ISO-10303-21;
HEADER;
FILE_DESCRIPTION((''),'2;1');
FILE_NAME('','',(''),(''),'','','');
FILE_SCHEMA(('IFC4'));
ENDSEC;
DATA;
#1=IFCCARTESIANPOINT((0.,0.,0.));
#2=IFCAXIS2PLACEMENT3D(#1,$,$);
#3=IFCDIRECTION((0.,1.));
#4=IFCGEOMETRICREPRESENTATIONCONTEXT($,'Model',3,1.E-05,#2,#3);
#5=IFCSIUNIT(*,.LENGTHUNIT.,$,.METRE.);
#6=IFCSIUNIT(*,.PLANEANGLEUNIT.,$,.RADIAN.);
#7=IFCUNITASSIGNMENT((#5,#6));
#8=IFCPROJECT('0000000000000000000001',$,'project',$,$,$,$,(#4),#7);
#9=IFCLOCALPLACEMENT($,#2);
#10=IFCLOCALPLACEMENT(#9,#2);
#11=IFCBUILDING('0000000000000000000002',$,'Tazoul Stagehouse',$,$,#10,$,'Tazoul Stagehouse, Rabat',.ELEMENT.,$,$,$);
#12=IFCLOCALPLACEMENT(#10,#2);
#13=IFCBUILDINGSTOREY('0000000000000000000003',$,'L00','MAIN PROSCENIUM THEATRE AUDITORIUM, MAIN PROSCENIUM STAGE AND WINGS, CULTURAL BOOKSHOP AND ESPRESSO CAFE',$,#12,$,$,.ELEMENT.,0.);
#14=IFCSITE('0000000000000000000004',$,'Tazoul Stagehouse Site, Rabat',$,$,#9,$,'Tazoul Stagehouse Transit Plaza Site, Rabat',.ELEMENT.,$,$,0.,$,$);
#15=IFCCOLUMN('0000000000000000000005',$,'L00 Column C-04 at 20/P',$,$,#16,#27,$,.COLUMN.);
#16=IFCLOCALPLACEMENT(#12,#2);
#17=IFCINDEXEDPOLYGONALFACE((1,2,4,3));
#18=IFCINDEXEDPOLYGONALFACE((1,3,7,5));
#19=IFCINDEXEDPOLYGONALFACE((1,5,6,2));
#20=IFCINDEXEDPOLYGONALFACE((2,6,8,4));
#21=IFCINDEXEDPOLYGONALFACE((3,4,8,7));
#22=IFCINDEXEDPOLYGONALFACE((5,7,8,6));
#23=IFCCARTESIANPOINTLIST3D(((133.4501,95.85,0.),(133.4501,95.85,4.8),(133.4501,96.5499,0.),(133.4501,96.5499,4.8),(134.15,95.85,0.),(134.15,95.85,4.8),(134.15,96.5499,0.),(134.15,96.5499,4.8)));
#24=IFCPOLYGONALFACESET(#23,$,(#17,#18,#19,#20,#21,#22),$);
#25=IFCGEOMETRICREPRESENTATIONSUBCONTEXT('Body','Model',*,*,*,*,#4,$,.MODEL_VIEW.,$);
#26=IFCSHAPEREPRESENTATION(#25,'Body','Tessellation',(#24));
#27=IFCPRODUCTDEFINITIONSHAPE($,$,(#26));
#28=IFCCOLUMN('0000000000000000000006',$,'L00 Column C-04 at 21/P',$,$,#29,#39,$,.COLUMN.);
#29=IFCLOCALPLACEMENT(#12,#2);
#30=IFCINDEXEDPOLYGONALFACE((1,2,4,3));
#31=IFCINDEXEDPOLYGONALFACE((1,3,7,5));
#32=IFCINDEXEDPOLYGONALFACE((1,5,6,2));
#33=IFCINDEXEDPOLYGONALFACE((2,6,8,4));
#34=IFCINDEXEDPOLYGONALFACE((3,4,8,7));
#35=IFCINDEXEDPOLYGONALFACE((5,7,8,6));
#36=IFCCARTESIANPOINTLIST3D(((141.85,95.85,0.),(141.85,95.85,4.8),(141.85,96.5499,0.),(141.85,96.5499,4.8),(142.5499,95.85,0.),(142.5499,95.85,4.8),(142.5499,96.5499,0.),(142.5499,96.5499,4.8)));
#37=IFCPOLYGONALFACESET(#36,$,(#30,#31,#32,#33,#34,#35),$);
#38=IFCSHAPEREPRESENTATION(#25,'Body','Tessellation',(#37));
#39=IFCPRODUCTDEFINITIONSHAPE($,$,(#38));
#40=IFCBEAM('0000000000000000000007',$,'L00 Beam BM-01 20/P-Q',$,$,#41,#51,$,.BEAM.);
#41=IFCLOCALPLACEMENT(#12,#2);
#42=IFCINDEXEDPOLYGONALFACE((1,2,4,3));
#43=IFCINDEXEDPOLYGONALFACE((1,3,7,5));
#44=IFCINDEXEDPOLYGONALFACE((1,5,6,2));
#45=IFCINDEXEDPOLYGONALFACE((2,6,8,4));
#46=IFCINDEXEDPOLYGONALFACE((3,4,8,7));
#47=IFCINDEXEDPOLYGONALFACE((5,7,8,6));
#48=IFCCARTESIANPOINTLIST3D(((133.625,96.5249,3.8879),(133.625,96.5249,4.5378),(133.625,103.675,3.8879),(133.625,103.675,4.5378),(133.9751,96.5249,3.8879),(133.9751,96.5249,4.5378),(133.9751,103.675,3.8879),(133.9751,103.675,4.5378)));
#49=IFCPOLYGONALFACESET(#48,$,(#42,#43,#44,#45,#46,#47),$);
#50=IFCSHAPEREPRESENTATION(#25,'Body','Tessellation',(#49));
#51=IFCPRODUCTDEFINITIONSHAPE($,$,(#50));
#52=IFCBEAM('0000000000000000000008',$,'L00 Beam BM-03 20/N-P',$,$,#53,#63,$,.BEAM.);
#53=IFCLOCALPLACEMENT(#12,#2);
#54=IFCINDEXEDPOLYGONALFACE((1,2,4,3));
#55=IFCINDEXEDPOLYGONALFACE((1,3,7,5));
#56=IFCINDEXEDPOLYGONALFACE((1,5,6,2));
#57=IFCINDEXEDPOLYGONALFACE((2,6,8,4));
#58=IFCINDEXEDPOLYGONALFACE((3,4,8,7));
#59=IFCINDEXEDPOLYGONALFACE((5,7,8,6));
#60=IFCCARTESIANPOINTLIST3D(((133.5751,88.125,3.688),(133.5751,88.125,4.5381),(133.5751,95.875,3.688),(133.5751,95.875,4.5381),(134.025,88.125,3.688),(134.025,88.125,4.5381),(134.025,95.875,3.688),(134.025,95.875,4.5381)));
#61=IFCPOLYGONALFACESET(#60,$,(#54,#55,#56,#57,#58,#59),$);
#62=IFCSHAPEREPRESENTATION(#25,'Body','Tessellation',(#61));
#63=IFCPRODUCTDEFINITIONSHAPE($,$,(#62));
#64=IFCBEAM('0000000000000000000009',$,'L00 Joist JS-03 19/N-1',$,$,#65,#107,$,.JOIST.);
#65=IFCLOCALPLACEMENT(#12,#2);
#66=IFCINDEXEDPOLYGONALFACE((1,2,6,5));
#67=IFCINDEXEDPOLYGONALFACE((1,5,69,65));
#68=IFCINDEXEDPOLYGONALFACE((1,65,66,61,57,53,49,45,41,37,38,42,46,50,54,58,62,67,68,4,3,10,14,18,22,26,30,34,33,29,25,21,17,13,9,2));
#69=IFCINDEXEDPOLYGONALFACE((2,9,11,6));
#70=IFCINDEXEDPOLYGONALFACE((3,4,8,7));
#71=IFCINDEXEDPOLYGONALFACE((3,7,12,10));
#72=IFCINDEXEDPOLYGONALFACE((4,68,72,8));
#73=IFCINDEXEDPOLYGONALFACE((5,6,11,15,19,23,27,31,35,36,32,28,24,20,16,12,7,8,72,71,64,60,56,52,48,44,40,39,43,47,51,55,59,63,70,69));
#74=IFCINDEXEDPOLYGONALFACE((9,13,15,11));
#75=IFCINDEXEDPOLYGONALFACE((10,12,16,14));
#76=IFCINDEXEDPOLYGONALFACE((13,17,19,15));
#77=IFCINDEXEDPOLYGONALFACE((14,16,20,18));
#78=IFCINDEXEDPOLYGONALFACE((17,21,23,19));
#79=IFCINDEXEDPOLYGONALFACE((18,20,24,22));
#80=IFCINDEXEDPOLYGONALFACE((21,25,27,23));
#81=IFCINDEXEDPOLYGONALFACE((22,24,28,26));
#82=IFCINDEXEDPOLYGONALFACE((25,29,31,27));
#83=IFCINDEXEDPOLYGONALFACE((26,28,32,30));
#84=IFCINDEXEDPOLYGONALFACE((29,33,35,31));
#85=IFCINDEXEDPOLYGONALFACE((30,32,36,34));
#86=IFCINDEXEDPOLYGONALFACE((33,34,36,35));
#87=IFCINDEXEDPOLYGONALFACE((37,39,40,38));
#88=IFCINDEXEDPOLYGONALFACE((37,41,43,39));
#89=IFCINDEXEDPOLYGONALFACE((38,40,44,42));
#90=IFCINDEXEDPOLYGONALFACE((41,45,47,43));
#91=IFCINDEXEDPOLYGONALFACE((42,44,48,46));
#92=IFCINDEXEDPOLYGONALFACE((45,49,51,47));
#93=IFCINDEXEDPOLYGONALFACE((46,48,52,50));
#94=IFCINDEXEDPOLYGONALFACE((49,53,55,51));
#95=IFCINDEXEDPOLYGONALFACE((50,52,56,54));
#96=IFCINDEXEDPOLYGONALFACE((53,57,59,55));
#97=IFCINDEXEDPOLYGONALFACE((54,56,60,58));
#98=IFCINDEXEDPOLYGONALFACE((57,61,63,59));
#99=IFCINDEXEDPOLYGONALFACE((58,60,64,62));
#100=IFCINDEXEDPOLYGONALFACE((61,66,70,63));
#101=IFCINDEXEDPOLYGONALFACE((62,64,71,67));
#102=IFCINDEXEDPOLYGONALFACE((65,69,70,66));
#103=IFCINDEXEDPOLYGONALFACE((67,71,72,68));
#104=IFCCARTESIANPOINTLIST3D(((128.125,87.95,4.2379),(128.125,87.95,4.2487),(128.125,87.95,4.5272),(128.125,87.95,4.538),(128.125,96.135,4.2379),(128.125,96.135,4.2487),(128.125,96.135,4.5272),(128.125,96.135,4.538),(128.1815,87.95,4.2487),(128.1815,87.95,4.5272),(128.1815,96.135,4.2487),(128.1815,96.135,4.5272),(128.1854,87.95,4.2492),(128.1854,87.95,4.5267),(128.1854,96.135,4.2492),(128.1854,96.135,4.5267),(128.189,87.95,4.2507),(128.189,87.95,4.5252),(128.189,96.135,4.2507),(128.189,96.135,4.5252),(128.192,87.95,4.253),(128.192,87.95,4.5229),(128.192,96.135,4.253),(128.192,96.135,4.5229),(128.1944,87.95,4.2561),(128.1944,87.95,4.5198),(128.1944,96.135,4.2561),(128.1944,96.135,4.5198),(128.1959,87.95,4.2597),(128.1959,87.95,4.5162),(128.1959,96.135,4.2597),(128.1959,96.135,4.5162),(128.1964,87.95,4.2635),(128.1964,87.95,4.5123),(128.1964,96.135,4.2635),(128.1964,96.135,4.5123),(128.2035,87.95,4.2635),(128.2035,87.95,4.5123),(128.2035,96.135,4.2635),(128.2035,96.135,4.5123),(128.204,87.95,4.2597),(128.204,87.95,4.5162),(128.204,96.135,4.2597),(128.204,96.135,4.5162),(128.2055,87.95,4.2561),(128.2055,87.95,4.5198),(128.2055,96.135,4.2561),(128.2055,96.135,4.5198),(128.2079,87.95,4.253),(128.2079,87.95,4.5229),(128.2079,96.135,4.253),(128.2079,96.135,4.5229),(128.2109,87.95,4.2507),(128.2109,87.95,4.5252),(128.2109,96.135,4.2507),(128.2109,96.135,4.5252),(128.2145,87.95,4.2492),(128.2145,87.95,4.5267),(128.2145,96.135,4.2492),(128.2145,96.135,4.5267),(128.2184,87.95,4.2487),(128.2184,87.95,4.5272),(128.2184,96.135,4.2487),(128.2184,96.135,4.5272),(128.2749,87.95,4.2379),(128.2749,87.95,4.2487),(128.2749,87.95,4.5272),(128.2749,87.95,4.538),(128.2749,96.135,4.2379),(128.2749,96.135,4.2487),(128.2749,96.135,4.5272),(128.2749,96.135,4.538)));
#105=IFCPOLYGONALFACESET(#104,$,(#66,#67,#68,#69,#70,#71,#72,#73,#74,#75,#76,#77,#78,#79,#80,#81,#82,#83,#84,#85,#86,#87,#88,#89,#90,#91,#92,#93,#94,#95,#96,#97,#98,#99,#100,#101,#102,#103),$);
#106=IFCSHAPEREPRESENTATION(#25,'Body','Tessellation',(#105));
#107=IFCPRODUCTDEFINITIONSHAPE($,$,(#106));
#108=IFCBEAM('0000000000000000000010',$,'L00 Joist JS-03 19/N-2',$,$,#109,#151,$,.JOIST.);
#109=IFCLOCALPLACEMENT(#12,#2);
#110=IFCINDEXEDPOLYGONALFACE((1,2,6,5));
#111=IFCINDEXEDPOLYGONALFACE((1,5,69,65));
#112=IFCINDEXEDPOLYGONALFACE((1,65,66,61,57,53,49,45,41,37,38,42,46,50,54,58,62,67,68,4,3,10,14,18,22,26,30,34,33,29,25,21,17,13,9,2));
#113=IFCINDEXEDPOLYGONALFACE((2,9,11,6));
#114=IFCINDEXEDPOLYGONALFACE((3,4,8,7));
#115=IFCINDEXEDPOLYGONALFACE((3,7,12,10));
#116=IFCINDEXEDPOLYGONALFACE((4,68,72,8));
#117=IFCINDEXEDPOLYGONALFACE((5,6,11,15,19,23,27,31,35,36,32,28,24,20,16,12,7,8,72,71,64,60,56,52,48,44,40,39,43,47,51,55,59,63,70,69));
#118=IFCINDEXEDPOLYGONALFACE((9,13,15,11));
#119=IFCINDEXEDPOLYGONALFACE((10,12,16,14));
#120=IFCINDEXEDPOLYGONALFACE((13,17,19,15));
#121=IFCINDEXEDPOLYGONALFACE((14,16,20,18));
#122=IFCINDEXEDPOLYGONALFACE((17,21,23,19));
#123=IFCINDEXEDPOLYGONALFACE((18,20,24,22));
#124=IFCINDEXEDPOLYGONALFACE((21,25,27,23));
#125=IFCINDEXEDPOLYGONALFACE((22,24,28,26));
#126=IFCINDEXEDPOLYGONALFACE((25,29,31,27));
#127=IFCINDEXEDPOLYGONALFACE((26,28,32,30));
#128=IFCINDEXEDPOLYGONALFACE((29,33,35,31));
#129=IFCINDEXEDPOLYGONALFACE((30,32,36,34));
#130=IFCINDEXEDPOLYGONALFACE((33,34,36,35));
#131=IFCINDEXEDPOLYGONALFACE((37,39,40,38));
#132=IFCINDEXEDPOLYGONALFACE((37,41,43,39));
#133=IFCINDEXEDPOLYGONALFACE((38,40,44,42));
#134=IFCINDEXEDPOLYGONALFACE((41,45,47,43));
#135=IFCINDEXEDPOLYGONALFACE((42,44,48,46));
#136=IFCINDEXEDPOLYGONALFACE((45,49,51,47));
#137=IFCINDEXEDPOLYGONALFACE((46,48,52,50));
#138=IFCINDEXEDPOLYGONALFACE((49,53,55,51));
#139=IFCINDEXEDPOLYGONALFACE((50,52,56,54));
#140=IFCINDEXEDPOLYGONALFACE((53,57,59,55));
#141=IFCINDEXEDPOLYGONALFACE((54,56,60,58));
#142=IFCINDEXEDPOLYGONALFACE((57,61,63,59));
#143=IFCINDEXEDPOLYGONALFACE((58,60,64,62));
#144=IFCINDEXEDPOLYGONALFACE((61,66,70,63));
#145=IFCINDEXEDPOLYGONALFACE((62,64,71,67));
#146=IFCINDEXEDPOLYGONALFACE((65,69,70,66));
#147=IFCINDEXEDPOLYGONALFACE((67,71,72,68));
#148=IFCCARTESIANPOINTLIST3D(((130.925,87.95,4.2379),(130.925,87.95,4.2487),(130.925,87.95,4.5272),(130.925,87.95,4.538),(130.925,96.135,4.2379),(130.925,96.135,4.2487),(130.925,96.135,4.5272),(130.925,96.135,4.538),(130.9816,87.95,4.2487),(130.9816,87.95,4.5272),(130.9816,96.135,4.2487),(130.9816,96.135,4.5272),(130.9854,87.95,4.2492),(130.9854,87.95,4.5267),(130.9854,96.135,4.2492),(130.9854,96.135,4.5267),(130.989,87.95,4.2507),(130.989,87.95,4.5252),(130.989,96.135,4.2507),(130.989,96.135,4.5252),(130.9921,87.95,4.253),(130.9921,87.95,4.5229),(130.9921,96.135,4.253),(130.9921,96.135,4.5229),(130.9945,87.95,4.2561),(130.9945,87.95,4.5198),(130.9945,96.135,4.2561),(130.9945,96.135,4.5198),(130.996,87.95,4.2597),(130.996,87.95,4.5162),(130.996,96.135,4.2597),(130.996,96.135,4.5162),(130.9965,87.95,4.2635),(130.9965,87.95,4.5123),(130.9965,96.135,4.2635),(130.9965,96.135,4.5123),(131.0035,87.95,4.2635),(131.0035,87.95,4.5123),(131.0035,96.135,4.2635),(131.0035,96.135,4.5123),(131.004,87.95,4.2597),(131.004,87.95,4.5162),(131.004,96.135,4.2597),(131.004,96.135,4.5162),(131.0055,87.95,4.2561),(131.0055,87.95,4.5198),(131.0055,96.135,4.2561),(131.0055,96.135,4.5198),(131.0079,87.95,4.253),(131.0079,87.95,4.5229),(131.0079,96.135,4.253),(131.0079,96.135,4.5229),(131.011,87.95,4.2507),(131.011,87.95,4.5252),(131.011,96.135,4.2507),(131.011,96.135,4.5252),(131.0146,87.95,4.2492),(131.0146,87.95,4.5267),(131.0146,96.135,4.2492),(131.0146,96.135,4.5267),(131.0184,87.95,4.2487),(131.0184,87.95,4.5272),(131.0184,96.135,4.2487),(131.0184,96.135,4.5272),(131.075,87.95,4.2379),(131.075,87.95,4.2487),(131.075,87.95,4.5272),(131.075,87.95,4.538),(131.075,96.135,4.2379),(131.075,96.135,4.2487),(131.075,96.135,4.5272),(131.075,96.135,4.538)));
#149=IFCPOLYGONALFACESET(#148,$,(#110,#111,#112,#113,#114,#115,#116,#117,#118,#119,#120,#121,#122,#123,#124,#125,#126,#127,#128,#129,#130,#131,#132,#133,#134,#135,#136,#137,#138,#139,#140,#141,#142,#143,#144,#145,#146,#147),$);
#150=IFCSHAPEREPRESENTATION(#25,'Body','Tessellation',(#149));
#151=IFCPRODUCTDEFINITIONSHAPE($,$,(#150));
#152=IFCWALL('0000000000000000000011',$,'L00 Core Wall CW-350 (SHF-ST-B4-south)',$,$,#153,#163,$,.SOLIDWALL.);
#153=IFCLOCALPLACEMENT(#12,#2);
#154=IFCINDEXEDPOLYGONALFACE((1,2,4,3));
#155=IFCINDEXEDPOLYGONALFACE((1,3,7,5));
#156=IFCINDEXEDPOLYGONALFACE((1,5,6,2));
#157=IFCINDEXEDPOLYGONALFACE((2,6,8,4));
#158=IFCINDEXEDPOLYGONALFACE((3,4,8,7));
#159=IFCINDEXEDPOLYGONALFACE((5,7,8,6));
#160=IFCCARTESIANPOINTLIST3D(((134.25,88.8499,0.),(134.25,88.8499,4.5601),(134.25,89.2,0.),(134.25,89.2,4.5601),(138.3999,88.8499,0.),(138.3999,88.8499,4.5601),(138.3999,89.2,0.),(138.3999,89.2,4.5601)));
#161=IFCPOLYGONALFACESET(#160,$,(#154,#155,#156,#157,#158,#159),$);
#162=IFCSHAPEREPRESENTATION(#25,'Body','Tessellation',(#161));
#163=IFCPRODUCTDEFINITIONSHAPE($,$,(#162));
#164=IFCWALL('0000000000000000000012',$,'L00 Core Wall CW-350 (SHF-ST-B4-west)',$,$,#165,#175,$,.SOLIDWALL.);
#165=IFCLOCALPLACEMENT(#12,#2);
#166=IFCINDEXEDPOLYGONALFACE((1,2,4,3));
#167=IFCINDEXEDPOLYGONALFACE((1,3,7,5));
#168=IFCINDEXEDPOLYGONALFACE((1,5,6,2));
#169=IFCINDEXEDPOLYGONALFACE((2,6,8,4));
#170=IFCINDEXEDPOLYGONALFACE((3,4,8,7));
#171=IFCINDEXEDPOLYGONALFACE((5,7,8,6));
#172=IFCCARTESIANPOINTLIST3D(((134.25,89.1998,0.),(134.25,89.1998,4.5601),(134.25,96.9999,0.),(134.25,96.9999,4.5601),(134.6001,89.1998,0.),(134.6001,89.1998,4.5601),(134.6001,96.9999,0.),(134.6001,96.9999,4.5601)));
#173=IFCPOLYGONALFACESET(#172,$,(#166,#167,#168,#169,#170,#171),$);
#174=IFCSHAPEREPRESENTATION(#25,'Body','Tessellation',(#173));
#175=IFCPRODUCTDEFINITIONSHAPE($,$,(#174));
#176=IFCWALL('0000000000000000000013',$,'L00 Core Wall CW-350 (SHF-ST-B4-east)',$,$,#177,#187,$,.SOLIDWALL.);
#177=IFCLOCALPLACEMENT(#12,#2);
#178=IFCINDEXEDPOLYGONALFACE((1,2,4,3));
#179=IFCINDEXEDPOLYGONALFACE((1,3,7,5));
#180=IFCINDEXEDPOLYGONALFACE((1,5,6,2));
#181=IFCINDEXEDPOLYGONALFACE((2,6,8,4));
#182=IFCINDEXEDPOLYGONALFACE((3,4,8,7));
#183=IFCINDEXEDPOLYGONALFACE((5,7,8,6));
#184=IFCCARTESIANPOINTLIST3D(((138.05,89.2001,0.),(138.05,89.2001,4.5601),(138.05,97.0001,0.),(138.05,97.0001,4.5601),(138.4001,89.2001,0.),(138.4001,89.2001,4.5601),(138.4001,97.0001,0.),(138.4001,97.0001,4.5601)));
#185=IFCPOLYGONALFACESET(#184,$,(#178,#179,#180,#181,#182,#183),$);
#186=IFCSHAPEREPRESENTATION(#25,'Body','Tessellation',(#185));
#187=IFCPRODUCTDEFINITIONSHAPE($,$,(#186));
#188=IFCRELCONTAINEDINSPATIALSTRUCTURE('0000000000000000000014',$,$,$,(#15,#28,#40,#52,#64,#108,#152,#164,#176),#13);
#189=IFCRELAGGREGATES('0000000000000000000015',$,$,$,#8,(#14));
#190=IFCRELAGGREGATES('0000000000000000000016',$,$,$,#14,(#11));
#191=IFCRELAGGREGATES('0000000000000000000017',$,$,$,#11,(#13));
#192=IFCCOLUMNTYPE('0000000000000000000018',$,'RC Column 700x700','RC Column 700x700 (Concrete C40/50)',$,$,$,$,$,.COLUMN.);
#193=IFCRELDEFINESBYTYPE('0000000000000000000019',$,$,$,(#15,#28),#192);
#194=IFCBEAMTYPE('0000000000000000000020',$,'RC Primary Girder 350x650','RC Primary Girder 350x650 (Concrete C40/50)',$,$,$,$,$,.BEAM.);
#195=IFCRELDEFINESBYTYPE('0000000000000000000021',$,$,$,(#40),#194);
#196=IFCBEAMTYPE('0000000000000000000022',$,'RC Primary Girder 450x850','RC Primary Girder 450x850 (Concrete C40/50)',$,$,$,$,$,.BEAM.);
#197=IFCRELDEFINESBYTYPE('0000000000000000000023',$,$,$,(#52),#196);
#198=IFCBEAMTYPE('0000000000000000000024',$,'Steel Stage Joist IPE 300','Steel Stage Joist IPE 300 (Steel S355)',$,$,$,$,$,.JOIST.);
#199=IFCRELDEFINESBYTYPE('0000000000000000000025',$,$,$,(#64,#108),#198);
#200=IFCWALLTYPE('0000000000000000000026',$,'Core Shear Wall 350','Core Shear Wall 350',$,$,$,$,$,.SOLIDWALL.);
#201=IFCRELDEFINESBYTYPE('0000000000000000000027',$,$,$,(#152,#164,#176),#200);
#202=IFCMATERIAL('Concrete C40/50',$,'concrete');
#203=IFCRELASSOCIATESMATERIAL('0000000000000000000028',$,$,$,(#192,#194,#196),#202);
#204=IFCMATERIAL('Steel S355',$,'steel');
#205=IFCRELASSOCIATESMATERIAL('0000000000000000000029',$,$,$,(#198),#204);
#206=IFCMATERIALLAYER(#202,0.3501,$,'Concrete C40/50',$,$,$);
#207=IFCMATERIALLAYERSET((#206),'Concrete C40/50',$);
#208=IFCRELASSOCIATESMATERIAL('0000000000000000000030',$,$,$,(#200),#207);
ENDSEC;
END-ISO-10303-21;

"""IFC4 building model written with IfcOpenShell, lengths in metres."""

from ifc_helpers import new_model, si_unit, direction, frame, frame_2d, origin, origin_2d, place, context, subcontext, project, spatial, rectangle, i_section, extrude, material, layer, layer_set, material_profile, profile_set, type_object, element, save


model = new_model("IFC4")

# Units and contexts
model_context = context("Model", 3, precision=1e-05, world=origin(), true_north=direction((0.0, 1.0)))
body_context = subcontext(model_context, "Body", "Model", "MODEL_VIEW")
ifc_project = project(units=[si_unit("LENGTHUNIT", "METRE"), si_unit("PLANEANGLEUNIT", "RADIAN")], contexts=[model_context])

# Site, building, storey
site_placement = place(None, origin())
site = spatial("IfcSite", under=ifc_project, at=site_placement, Name="Tazoul Stagehouse Site, Rabat", LongName="Tazoul Stagehouse Transit Plaza Site, Rabat", CompositionType="ELEMENT", RefElevation=0.0)
building_placement = place(site_placement, origin())
building = spatial("IfcBuilding", under=site, at=building_placement, Name="Tazoul Stagehouse", LongName="Tazoul Stagehouse, Rabat", CompositionType="ELEMENT")
storey_placement = place(building_placement, origin())
storey = spatial("IfcBuildingStorey", under=building, at=storey_placement, Name="L00", Description="MAIN PROSCENIUM THEATRE AUDITORIUM, MAIN PROSCENIUM STAGE AND WINGS, CULTURAL BOOKSHOP AND ESPRESSO CAFE", CompositionType="ELEMENT", Elevation=0.0)

# Columns
ifc_material_1 = material(Name="Concrete C40/50", Category="concrete")
ifc_material_profile_1 = material_profile(ifc_material_1, rectangle(XDim=0.7, YDim=0.7, at=origin_2d()), Name="RC 700x700")
ifc_profile_set_1 = profile_set([ifc_material_profile_1], Name="Concrete C40/50")
column_type = type_object("IfcColumnType", Name="RC Column 700x700", Description="RC Column 700x700 (Concrete C40/50)", PredefinedType="COLUMN", material=ifc_profile_set_1)
for number, where, z_axis, x_axis, name in (
    (1, (133.8, 96.2, 0.0), (0.0, 0.0, 1.0), (1.0, 0.0, 0.0), "L00 Column C-04 at 20/P"),
    (2, (142.2, 96.2, 0.0), (0.0, 0.0, 1.0), (1.0, 0.0, 0.0), "L00 Column C-04 at 21/P"),
):
    element("IfcColumn", number, at=place(storey_placement, frame(where, z_axis=z_axis, x_axis=x_axis)), inside=storey, type_object=column_type, Name=name, PredefinedType="COLUMN", context=body_context, shape_type="SweptSolid", body=[
        extrude(rectangle(XDim=0.7, YDim=0.7, at=origin_2d()), origin(), (0.0, 0.0, 1.0), 4.8),
    ])

# Beams
ifc_material_profile_2 = material_profile(ifc_material_1, rectangle(XDim=0.3501, YDim=0.6499, at=origin_2d()), Name="RC 350x650")
ifc_profile_set_2 = profile_set([ifc_material_profile_2], Name="Concrete C40/50")
beam_type_1 = type_object("IfcBeamType", Name="RC Primary Girder 350x650", Description="RC Primary Girder 350x650 (Concrete C40/50)", PredefinedType="BEAM", material=ifc_profile_set_2)
beam_1_placement = place(storey_placement, frame((133.8, 96.5249, 4.2129), z_axis=(0.0, 1.0, 0.0), x_axis=(-1.0, 0.0, 0.0)))
element("IfcBeam", 3, at=beam_1_placement, inside=storey, type_object=beam_type_1, Name="L00 Beam BM-01 20/P-Q", PredefinedType="BEAM", context=body_context, shape_type="SweptSolid", body=[
    extrude(rectangle(XDim=0.3501, YDim=0.6499, at=origin_2d()), origin(), (0.0, 0.0, 1.0), 7.1501),
])
ifc_material_profile_3 = material_profile(ifc_material_1, rectangle(XDim=0.45, YDim=0.8501, at=origin_2d()), Name="RC 450x850")
ifc_profile_set_3 = profile_set([ifc_material_profile_3], Name="Concrete C40/50")
beam_type_2 = type_object("IfcBeamType", Name="RC Primary Girder 450x850", Description="RC Primary Girder 450x850 (Concrete C40/50)", PredefinedType="BEAM", material=ifc_profile_set_3)
beam_2_placement = place(storey_placement, frame((133.8, 88.125, 4.113), z_axis=(0.0, 1.0, 0.0), x_axis=(-1.0, 0.0, 0.0)))
element("IfcBeam", 4, at=beam_2_placement, inside=storey, type_object=beam_type_2, Name="L00 Beam BM-03 20/N-P", PredefinedType="BEAM", context=body_context, shape_type="SweptSolid", body=[
    extrude(rectangle(XDim=0.45, YDim=0.8501, at=origin_2d()), origin(), (0.0, 0.0, 1.0), 7.75),
])
ifc_material_2 = material(Name="Steel S355", Category="steel")
ifc_material_profile_4 = material_profile(ifc_material_2, i_section(OverallWidth=0.1499, OverallDepth=0.3, WebThickness=0.0071, FlangeThickness=0.0107, FilletRadius=0.0149, at=origin_2d()), Name="IPE 300")
ifc_profile_set_4 = profile_set([ifc_material_profile_4], Name="Steel S355")
beam_type_3 = type_object("IfcBeamType", Name="Steel Stage Joist IPE 300", Description="Steel Stage Joist IPE 300 (Steel S355)", PredefinedType="JOIST", material=ifc_profile_set_4)
for number, where, z_axis, x_axis, name in (
    (5, (128.2, 87.95, 4.3879), (0.0, 1.0, 0.0), (-1.0, 0.0, 0.0), "L00 Joist JS-03 19/N-1"),
    (6, (131.0, 87.95, 4.3879), (0.0, 1.0, 0.0), (-1.0, 0.0, 0.0), "L00 Joist JS-03 19/N-2"),
):
    element("IfcBeam", number, at=place(storey_placement, frame(where, z_axis=z_axis, x_axis=x_axis)), inside=storey, type_object=beam_type_3, Name=name, PredefinedType="JOIST", context=body_context, shape_type="SweptSolid", body=[
        extrude(i_section(OverallWidth=0.1499, OverallDepth=0.3, WebThickness=0.0071, FlangeThickness=0.0107, FilletRadius=0.0149, at=origin_2d()), origin(), (0.0, 0.0, 1.0), 8.1851),
    ])

# Shared definitions
ifc_layer_1 = layer(ifc_material_1, 0.3501, Name="Concrete C40/50")
ifc_layer_set_1 = layer_set([ifc_layer_1], Name="Concrete C40/50")
wall_type_1 = type_object("IfcWallType", Name="Core Shear Wall 350", Description="Core Shear Wall 350", PredefinedType="SOLIDWALL", material=ifc_layer_set_1)

# Walls
wall_1_placement = place(storey_placement, frame((138.3999, 89.0249, 0.0), z_axis=(0.0, 0.0, 1.0), x_axis=(-1.0, 0.0, 0.0)))
element("IfcWall", 7, at=wall_1_placement, inside=storey, type_object=wall_type_1, Name="L00 Core Wall CW-350 (SHF-ST-B4-south)", PredefinedType="SOLIDWALL", context=body_context, shape_type="SweptSolid", body=[
    extrude(rectangle(XDim=4.1499, YDim=0.3501, at=frame_2d((2.075, 0.0))), origin(), (0.0, 0.0, 1.0), 4.5601),
])
wall_2_placement = place(storey_placement, frame((134.425, 89.2, 0.0), z_axis=(0.0, 0.0, 1.0), x_axis=(0.0, 1.0, 0.0)))
element("IfcWall", 8, at=wall_2_placement, inside=storey, type_object=wall_type_1, Name="L00 Core Wall CW-350 (SHF-ST-B4-west)", PredefinedType="SOLIDWALL", context=body_context, shape_type="SweptSolid", body=[
    extrude(rectangle(XDim=7.8, YDim=0.3501, at=frame_2d((3.8999, 0.0))), origin(), (0.0, 0.0, 1.0), 4.5601),
])

# Wall
wall_3_placement = place(storey_placement, frame((138.2251, 97.0, 0.0), z_axis=(0.0, 0.0, 1.0), x_axis=(0.0, -1.0, 0.0)))
element("IfcWall", 9, at=wall_3_placement, inside=storey, type_object=wall_type_1, Name="L00 Core Wall CW-350 (SHF-ST-B4-east)", PredefinedType="SOLIDWALL", context=body_context, shape_type="SweptSolid", body=[
    extrude(rectangle(XDim=7.8, YDim=0.3501, at=frame_2d((3.8999, 0.0))), origin(), (0.0, 0.0, 1.0), 4.5601),
])

save(model, "model.ifc")
